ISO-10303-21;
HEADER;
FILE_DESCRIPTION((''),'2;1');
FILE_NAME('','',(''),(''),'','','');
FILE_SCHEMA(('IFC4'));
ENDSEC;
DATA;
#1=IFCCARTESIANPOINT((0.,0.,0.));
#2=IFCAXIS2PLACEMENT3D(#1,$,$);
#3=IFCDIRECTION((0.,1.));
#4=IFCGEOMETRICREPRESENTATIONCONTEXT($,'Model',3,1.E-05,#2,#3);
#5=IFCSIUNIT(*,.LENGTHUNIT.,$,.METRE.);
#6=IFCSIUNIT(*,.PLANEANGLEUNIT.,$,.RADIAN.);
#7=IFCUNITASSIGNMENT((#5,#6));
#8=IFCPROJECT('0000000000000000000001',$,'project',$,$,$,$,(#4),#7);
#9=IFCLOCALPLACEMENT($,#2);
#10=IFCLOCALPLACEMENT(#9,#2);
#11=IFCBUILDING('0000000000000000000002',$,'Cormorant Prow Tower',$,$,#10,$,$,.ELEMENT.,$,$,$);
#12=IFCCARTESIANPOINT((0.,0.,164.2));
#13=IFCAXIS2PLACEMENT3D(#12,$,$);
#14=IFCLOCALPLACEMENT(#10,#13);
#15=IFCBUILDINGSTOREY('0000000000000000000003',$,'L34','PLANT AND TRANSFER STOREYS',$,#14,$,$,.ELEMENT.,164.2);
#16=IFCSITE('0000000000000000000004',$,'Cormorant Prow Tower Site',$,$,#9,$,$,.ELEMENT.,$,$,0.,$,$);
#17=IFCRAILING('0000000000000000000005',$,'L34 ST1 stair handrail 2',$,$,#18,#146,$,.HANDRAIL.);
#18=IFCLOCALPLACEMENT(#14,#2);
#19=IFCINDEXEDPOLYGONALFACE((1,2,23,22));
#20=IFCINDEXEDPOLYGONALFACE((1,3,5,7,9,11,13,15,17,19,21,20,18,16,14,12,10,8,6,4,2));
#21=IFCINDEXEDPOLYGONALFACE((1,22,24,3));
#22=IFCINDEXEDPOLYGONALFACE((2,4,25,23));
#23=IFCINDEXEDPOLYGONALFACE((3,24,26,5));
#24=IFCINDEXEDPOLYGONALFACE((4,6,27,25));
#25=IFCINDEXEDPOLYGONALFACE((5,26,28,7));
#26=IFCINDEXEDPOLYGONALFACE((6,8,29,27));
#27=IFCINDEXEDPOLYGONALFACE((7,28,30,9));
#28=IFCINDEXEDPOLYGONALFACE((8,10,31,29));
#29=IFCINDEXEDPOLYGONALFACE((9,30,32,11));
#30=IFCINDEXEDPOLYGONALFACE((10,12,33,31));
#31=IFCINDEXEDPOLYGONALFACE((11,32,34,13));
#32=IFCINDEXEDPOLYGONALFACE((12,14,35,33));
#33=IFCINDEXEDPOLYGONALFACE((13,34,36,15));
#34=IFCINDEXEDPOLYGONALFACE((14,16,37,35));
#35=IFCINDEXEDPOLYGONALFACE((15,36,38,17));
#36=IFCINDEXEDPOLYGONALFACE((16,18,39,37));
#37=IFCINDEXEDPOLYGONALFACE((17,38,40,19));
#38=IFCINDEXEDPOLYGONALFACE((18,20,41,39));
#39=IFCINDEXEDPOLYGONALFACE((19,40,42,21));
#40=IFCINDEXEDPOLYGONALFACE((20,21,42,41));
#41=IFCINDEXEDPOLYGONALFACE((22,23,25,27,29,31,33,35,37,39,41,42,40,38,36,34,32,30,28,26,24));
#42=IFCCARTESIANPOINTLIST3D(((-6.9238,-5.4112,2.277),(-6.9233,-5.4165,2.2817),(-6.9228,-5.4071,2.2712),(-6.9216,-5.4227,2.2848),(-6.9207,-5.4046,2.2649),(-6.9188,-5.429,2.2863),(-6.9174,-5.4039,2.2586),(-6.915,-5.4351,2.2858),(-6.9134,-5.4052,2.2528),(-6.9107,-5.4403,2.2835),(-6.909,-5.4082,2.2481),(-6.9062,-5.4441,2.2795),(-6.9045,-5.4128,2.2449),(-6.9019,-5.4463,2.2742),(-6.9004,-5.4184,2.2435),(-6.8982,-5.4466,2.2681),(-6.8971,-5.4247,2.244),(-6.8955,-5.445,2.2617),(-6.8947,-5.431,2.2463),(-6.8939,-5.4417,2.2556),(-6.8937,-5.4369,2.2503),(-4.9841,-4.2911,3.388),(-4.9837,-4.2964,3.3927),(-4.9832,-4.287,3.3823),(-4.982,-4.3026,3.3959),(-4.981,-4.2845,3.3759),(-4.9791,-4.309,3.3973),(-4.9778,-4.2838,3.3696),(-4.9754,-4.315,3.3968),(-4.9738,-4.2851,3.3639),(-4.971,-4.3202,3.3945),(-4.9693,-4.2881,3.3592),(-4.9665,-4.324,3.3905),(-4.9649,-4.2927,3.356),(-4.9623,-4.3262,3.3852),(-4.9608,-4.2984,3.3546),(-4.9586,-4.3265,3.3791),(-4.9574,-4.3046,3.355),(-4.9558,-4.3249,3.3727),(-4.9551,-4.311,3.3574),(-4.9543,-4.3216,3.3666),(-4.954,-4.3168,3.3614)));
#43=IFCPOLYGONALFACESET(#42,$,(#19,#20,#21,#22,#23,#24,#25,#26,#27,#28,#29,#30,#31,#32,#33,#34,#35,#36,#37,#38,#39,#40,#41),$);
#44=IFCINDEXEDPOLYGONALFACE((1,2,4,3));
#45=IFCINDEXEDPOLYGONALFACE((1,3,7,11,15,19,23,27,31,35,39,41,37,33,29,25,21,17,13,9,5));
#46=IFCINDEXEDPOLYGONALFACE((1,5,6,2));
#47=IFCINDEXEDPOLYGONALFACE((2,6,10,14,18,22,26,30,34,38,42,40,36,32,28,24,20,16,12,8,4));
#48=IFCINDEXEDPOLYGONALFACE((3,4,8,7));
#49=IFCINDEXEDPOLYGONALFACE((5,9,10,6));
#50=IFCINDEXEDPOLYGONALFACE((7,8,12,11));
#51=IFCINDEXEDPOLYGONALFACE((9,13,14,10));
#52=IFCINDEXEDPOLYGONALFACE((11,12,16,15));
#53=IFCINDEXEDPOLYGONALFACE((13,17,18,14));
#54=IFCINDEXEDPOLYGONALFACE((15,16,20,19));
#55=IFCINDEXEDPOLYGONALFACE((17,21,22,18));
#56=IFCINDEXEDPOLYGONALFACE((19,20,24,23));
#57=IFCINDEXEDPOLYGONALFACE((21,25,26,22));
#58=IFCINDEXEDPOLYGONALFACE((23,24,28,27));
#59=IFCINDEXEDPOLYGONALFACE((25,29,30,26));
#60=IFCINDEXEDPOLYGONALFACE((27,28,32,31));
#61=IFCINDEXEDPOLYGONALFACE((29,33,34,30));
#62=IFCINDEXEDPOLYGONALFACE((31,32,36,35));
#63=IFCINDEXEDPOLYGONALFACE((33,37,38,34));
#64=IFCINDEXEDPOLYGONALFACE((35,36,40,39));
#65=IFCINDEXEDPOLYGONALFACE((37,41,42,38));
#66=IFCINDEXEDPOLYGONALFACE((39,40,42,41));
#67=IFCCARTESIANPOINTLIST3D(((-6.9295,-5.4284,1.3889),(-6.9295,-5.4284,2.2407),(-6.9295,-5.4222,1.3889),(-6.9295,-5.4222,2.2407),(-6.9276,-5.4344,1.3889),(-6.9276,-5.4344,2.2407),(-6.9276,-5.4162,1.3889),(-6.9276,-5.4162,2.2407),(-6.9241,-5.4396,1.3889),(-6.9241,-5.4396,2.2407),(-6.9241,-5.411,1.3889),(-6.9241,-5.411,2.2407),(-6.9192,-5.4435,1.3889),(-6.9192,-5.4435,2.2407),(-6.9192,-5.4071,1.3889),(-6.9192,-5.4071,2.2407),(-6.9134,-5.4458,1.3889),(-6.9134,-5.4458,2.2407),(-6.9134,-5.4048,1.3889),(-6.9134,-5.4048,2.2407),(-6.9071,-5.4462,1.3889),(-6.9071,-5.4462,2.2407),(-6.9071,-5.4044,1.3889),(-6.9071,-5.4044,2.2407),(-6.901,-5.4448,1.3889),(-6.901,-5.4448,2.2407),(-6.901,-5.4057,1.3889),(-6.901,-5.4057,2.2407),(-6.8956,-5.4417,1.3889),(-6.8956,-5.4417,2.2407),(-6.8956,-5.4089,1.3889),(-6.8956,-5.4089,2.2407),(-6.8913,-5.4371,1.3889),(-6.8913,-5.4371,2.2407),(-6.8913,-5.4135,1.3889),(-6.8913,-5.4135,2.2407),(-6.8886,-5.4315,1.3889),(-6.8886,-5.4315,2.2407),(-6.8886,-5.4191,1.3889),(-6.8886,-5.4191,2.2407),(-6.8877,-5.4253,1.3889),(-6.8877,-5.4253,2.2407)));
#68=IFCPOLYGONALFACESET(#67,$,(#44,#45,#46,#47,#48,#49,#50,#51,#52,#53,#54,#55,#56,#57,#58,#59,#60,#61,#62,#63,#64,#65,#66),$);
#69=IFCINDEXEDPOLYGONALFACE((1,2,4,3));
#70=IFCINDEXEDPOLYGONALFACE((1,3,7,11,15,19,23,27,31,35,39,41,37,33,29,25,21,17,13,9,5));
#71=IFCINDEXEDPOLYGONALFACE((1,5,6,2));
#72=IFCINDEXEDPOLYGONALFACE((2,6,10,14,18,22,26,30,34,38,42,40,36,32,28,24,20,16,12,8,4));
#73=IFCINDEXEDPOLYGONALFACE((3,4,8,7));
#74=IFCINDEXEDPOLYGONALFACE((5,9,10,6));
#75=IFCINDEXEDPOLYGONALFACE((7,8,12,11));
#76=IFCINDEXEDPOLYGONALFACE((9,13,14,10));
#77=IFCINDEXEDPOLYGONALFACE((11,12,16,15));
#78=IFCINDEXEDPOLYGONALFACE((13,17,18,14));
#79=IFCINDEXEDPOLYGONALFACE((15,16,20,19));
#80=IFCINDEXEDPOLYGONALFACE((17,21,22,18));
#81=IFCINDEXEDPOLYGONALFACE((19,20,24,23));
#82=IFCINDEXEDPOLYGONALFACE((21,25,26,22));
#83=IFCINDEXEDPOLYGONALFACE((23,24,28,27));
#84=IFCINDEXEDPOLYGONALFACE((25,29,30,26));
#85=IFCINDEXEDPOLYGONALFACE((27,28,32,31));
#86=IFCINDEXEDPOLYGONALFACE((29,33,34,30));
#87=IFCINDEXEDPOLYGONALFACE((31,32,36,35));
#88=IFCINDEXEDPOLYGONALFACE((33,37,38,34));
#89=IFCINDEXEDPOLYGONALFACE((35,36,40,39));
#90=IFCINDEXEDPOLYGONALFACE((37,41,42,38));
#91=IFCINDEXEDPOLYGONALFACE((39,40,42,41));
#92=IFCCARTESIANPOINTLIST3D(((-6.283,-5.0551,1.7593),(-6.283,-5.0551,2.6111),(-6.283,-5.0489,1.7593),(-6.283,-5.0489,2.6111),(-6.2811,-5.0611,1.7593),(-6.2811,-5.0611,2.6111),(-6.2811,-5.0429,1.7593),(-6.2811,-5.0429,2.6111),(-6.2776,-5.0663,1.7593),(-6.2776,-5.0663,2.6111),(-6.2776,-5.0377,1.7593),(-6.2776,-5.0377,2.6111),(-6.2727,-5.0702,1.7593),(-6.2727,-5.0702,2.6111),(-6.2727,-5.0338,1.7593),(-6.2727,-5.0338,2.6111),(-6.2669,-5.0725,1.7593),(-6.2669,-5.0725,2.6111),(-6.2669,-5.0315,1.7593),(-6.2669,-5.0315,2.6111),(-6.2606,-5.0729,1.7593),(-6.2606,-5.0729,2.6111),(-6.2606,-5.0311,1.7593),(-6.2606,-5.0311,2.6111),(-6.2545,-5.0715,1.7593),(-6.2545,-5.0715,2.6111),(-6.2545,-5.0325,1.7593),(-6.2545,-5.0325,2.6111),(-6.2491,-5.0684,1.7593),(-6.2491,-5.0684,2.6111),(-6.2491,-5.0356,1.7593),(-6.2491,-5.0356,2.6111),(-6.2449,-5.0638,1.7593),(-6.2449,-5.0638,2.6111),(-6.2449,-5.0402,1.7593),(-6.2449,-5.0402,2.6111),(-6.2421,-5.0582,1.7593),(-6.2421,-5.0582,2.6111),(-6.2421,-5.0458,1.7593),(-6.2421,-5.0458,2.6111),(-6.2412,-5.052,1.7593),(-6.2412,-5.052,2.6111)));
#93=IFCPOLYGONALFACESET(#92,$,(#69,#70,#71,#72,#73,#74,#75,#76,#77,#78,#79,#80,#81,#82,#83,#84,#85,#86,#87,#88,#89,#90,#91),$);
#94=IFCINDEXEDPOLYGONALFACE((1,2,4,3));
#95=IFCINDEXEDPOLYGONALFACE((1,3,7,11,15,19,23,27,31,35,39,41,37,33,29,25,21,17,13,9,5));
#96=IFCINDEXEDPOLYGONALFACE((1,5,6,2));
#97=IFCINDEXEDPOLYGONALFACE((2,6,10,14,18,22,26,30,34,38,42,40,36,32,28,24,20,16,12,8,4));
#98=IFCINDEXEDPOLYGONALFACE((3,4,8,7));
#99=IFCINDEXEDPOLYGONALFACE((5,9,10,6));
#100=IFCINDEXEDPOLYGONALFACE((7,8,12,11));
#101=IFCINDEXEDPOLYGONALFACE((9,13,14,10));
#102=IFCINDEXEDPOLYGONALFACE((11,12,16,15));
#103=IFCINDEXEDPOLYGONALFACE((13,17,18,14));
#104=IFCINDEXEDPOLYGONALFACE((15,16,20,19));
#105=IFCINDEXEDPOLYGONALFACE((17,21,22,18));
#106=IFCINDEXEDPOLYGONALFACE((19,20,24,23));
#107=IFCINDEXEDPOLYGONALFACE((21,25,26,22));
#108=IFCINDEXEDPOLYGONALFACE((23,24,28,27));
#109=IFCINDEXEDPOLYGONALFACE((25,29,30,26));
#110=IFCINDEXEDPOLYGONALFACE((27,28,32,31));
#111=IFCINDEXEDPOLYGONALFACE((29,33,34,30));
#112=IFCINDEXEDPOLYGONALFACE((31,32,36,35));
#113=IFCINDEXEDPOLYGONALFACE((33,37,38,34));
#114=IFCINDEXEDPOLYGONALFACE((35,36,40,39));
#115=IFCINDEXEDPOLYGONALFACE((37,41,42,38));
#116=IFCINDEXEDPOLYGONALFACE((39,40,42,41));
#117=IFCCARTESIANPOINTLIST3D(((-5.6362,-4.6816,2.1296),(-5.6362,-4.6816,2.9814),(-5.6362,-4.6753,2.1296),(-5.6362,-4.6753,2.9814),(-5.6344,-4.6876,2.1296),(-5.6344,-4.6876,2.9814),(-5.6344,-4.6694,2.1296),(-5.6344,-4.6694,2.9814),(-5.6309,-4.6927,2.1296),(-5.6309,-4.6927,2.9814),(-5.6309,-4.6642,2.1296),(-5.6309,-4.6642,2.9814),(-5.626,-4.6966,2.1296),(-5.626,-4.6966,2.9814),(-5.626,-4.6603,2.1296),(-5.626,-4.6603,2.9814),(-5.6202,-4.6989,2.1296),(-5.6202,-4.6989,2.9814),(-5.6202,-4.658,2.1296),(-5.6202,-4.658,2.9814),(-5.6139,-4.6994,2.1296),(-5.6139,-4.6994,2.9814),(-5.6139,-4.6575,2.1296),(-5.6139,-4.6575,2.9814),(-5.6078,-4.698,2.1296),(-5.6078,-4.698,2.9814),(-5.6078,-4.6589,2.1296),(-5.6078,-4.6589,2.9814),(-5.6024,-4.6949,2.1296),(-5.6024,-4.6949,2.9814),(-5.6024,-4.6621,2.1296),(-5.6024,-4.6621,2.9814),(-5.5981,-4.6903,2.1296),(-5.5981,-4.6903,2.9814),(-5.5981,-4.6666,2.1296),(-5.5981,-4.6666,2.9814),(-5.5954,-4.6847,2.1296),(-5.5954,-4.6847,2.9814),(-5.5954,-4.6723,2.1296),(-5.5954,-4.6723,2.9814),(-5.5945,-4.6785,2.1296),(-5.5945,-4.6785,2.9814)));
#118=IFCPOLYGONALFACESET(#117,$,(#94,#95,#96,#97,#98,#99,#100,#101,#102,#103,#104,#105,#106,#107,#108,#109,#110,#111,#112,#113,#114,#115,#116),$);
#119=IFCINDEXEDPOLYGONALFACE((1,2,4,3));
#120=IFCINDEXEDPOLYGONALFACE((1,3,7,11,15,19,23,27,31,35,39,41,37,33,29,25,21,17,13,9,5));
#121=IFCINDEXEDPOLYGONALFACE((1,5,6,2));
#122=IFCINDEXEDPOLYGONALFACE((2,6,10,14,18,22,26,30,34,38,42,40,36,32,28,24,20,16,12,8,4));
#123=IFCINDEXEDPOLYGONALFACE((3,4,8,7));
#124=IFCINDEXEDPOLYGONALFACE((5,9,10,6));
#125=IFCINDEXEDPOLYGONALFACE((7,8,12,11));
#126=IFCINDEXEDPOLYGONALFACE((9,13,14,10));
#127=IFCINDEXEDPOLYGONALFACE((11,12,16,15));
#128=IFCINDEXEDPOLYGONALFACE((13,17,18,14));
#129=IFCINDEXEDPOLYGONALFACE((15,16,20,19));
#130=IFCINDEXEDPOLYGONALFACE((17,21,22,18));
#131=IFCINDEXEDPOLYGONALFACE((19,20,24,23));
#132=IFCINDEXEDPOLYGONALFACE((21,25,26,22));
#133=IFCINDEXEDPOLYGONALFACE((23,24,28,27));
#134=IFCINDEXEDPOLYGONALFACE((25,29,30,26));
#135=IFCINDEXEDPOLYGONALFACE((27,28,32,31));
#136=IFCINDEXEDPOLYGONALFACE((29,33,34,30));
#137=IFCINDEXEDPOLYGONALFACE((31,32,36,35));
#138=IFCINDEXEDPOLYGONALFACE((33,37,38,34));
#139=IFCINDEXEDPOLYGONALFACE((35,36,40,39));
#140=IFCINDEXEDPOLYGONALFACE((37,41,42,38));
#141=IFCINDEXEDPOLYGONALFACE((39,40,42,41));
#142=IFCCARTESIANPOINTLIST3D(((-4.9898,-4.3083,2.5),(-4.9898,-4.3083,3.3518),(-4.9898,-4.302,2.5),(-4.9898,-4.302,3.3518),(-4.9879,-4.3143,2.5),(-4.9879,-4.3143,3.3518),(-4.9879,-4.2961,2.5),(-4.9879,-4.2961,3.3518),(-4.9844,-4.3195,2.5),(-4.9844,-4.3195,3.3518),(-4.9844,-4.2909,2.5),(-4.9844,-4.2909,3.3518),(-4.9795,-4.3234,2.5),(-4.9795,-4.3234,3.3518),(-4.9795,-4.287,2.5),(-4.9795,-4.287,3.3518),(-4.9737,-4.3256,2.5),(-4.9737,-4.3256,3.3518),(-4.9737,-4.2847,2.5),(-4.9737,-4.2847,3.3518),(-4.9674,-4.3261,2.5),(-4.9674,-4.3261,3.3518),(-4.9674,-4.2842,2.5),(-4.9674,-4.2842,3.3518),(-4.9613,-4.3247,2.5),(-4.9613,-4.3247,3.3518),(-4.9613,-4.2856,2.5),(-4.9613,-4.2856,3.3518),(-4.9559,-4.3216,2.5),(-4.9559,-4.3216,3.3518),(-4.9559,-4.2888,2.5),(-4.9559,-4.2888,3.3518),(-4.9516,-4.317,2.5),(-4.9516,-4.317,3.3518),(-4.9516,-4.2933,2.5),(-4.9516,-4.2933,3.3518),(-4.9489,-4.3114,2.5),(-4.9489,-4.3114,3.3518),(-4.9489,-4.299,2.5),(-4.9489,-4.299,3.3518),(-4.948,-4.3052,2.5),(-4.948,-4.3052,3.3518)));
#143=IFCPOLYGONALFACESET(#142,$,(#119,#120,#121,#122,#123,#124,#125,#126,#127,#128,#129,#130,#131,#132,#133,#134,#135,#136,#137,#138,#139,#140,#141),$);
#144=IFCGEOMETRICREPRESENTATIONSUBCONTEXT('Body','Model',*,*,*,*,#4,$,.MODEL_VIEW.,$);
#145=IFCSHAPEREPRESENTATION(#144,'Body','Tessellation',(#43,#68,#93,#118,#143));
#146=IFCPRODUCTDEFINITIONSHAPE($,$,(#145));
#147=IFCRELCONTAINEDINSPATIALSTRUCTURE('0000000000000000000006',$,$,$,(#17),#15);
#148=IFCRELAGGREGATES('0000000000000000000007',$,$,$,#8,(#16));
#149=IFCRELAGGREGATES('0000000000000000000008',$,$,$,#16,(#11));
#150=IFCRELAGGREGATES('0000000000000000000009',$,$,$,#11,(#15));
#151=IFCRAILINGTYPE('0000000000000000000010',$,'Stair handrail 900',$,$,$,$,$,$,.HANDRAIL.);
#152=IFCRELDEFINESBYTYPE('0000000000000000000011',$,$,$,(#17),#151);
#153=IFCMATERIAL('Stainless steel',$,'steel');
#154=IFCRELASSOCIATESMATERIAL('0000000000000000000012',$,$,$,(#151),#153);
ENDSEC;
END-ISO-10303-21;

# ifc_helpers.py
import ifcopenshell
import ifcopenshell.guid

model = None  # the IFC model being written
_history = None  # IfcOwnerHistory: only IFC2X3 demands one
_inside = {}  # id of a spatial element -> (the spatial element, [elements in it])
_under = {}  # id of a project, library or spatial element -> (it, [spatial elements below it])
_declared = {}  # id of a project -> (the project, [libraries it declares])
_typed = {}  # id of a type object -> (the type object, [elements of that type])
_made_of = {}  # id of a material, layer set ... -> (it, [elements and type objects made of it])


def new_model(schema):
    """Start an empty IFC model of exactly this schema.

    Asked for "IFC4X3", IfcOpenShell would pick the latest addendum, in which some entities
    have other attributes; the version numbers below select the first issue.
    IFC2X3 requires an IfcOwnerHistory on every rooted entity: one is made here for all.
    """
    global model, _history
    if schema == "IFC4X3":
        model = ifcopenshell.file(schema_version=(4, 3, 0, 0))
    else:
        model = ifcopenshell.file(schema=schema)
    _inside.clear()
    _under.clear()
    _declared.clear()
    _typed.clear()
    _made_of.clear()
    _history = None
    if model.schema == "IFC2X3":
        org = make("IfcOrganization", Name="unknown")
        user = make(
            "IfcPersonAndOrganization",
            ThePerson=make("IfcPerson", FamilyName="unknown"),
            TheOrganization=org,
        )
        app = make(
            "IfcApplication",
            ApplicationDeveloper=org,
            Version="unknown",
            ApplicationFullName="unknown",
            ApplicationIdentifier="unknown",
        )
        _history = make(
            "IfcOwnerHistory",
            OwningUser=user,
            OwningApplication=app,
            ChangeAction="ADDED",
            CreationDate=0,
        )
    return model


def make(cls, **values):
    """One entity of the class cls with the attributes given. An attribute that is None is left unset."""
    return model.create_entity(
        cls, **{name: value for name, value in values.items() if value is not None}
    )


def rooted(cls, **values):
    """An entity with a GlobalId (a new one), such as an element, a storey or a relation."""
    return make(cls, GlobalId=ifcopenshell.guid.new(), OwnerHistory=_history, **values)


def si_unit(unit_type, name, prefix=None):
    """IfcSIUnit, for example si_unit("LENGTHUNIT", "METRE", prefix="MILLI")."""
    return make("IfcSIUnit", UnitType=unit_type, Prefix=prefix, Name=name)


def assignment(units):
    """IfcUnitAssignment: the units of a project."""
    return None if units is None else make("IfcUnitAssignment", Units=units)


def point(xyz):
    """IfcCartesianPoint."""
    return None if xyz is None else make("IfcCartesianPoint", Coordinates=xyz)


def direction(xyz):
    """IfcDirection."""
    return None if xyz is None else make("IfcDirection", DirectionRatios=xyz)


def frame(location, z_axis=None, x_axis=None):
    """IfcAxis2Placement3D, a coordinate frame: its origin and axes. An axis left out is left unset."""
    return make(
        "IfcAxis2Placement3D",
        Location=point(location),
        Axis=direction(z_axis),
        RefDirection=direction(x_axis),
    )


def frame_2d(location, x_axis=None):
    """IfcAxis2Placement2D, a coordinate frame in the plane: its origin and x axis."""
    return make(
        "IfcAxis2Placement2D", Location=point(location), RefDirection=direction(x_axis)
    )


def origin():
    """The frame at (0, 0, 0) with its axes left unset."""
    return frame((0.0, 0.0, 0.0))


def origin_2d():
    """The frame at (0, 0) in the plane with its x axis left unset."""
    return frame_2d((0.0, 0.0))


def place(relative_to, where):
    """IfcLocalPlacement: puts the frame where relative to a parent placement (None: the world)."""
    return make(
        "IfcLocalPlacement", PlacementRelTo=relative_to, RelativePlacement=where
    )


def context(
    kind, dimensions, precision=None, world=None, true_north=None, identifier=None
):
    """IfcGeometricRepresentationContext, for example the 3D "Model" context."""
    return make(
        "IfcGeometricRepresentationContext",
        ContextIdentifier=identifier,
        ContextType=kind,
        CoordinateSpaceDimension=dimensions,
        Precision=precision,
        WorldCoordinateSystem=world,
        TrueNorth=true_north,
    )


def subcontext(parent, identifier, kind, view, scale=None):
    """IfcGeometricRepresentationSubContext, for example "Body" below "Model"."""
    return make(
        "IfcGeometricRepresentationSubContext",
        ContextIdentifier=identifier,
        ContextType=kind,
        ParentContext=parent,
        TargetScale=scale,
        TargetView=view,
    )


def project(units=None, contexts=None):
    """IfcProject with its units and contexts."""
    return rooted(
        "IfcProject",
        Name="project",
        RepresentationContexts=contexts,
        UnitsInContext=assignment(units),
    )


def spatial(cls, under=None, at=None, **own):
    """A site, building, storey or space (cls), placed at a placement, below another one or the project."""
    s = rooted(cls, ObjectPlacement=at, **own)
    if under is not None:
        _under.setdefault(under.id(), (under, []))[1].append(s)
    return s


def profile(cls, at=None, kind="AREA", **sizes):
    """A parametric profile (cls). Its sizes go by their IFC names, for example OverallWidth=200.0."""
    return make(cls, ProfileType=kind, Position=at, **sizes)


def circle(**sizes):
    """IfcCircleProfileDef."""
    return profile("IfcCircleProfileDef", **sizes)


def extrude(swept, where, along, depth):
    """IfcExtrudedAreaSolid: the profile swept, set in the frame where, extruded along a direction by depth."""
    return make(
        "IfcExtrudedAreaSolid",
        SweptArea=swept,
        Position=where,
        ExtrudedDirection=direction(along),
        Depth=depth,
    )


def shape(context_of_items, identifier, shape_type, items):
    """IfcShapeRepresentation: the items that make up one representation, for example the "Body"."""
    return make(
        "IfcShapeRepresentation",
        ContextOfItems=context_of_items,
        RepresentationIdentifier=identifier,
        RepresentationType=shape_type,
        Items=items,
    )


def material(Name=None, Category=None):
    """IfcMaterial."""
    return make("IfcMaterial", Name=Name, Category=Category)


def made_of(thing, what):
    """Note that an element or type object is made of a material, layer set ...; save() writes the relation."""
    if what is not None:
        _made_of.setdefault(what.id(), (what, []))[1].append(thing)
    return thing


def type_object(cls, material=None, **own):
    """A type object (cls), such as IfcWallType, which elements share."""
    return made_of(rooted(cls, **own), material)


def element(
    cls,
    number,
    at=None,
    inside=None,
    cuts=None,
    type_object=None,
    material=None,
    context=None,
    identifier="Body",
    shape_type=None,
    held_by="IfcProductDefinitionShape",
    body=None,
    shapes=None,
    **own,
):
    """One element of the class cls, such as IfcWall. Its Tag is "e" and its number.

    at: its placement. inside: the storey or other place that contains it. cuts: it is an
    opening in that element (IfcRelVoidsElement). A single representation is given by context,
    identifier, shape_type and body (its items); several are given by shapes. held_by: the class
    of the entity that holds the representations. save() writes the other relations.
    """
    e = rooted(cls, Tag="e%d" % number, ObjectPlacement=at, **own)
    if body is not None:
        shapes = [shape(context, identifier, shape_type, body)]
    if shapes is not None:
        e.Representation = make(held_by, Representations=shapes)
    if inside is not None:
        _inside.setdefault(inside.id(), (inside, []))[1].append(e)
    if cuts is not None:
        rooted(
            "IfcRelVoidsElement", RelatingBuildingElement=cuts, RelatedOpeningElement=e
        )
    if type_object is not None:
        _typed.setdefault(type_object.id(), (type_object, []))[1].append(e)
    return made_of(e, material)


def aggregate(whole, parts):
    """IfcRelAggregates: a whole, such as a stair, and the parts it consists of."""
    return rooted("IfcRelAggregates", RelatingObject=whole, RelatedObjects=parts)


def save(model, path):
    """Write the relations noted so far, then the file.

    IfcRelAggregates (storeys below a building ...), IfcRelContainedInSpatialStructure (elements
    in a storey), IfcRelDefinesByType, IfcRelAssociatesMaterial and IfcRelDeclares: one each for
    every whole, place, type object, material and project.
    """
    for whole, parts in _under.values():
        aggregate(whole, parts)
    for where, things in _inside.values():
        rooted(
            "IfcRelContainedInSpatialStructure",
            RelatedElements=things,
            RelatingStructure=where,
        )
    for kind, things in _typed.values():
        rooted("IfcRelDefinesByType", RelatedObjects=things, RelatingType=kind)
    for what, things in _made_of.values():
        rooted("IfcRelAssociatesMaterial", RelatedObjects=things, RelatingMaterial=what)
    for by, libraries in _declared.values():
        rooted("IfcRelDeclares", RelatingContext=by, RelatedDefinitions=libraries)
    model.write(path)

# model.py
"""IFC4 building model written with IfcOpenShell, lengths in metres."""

from ifc_helpers import new_model, si_unit, direction, frame, origin, origin_2d, place, context, subcontext, project, spatial, circle, extrude, material, type_object, element, save


model = new_model("IFC4")

# Units and contexts
model_context = context("Model", 3, precision=1e-05, world=origin(), true_north=direction((0.0, 1.0)))
body_context = subcontext(model_context, "Body", "Model", "MODEL_VIEW")
ifc_project = project(units=[si_unit("LENGTHUNIT", "METRE"), si_unit("PLANEANGLEUNIT", "RADIAN")], contexts=[model_context])

# Site, building, storey
site_placement = place(None, origin())
site = spatial("IfcSite", under=ifc_project, at=site_placement, Name="Cormorant Prow Tower Site", CompositionType="ELEMENT", RefElevation=0.0)
building_placement = place(site_placement, origin())
building = spatial("IfcBuilding", under=site, at=building_placement, Name="Cormorant Prow Tower", CompositionType="ELEMENT")
storey_placement = place(building_placement, frame((0.0, 0.0, 164.2)))
storey = spatial("IfcBuildingStorey", under=building, at=storey_placement, Name="L34", Description="PLANT AND TRANSFER STOREYS", CompositionType="ELEMENT", Elevation=164.2)

# Railing
ifc_material_1 = material(Name="Stainless steel", Category="steel")
railing_type = type_object("IfcRailingType", Name="Stair handrail 900", PredefinedType="HANDRAIL", material=ifc_material_1)
for number, where, name in (
    (1, (-6.9087, -5.4253, 1.3889), "L34 ST1 stair handrail 2"),
):
    element("IfcRailing", number, at=place(storey_placement, frame(where)), inside=storey, type_object=railing_type, Name=name, PredefinedType="HANDRAIL", context=body_context, shape_type="SweptSolid", body=[
        extrude(circle(Radius=0.0239, at=origin_2d()), frame((0.0, 0.0, 0.876), z_axis=(0.77578, 0.44799, 0.444377), x_axis=(-0.500078, 0.86598, 0.0)), (0.0, 0.0, 1.0), 2.5002),
        extrude(circle(Radius=0.021, at=origin_2d()), origin(), (0.0, 0.0, 1.0), 0.8518),
        extrude(circle(Radius=0.021, at=origin_2d()), frame((0.6465, 0.3733, 0.3704)), (0.0, 0.0, 1.0), 0.8518),
        extrude(circle(Radius=0.021, at=origin_2d()), frame((1.2932, 0.7468, 0.7407)), (0.0, 0.0, 1.0), 0.8518),
        extrude(circle(Radius=0.021, at=origin_2d()), frame((1.9397, 1.1201, 1.1111)), (0.0, 0.0, 1.0), 0.8518),
    ])

save(model, "model.ifc")
